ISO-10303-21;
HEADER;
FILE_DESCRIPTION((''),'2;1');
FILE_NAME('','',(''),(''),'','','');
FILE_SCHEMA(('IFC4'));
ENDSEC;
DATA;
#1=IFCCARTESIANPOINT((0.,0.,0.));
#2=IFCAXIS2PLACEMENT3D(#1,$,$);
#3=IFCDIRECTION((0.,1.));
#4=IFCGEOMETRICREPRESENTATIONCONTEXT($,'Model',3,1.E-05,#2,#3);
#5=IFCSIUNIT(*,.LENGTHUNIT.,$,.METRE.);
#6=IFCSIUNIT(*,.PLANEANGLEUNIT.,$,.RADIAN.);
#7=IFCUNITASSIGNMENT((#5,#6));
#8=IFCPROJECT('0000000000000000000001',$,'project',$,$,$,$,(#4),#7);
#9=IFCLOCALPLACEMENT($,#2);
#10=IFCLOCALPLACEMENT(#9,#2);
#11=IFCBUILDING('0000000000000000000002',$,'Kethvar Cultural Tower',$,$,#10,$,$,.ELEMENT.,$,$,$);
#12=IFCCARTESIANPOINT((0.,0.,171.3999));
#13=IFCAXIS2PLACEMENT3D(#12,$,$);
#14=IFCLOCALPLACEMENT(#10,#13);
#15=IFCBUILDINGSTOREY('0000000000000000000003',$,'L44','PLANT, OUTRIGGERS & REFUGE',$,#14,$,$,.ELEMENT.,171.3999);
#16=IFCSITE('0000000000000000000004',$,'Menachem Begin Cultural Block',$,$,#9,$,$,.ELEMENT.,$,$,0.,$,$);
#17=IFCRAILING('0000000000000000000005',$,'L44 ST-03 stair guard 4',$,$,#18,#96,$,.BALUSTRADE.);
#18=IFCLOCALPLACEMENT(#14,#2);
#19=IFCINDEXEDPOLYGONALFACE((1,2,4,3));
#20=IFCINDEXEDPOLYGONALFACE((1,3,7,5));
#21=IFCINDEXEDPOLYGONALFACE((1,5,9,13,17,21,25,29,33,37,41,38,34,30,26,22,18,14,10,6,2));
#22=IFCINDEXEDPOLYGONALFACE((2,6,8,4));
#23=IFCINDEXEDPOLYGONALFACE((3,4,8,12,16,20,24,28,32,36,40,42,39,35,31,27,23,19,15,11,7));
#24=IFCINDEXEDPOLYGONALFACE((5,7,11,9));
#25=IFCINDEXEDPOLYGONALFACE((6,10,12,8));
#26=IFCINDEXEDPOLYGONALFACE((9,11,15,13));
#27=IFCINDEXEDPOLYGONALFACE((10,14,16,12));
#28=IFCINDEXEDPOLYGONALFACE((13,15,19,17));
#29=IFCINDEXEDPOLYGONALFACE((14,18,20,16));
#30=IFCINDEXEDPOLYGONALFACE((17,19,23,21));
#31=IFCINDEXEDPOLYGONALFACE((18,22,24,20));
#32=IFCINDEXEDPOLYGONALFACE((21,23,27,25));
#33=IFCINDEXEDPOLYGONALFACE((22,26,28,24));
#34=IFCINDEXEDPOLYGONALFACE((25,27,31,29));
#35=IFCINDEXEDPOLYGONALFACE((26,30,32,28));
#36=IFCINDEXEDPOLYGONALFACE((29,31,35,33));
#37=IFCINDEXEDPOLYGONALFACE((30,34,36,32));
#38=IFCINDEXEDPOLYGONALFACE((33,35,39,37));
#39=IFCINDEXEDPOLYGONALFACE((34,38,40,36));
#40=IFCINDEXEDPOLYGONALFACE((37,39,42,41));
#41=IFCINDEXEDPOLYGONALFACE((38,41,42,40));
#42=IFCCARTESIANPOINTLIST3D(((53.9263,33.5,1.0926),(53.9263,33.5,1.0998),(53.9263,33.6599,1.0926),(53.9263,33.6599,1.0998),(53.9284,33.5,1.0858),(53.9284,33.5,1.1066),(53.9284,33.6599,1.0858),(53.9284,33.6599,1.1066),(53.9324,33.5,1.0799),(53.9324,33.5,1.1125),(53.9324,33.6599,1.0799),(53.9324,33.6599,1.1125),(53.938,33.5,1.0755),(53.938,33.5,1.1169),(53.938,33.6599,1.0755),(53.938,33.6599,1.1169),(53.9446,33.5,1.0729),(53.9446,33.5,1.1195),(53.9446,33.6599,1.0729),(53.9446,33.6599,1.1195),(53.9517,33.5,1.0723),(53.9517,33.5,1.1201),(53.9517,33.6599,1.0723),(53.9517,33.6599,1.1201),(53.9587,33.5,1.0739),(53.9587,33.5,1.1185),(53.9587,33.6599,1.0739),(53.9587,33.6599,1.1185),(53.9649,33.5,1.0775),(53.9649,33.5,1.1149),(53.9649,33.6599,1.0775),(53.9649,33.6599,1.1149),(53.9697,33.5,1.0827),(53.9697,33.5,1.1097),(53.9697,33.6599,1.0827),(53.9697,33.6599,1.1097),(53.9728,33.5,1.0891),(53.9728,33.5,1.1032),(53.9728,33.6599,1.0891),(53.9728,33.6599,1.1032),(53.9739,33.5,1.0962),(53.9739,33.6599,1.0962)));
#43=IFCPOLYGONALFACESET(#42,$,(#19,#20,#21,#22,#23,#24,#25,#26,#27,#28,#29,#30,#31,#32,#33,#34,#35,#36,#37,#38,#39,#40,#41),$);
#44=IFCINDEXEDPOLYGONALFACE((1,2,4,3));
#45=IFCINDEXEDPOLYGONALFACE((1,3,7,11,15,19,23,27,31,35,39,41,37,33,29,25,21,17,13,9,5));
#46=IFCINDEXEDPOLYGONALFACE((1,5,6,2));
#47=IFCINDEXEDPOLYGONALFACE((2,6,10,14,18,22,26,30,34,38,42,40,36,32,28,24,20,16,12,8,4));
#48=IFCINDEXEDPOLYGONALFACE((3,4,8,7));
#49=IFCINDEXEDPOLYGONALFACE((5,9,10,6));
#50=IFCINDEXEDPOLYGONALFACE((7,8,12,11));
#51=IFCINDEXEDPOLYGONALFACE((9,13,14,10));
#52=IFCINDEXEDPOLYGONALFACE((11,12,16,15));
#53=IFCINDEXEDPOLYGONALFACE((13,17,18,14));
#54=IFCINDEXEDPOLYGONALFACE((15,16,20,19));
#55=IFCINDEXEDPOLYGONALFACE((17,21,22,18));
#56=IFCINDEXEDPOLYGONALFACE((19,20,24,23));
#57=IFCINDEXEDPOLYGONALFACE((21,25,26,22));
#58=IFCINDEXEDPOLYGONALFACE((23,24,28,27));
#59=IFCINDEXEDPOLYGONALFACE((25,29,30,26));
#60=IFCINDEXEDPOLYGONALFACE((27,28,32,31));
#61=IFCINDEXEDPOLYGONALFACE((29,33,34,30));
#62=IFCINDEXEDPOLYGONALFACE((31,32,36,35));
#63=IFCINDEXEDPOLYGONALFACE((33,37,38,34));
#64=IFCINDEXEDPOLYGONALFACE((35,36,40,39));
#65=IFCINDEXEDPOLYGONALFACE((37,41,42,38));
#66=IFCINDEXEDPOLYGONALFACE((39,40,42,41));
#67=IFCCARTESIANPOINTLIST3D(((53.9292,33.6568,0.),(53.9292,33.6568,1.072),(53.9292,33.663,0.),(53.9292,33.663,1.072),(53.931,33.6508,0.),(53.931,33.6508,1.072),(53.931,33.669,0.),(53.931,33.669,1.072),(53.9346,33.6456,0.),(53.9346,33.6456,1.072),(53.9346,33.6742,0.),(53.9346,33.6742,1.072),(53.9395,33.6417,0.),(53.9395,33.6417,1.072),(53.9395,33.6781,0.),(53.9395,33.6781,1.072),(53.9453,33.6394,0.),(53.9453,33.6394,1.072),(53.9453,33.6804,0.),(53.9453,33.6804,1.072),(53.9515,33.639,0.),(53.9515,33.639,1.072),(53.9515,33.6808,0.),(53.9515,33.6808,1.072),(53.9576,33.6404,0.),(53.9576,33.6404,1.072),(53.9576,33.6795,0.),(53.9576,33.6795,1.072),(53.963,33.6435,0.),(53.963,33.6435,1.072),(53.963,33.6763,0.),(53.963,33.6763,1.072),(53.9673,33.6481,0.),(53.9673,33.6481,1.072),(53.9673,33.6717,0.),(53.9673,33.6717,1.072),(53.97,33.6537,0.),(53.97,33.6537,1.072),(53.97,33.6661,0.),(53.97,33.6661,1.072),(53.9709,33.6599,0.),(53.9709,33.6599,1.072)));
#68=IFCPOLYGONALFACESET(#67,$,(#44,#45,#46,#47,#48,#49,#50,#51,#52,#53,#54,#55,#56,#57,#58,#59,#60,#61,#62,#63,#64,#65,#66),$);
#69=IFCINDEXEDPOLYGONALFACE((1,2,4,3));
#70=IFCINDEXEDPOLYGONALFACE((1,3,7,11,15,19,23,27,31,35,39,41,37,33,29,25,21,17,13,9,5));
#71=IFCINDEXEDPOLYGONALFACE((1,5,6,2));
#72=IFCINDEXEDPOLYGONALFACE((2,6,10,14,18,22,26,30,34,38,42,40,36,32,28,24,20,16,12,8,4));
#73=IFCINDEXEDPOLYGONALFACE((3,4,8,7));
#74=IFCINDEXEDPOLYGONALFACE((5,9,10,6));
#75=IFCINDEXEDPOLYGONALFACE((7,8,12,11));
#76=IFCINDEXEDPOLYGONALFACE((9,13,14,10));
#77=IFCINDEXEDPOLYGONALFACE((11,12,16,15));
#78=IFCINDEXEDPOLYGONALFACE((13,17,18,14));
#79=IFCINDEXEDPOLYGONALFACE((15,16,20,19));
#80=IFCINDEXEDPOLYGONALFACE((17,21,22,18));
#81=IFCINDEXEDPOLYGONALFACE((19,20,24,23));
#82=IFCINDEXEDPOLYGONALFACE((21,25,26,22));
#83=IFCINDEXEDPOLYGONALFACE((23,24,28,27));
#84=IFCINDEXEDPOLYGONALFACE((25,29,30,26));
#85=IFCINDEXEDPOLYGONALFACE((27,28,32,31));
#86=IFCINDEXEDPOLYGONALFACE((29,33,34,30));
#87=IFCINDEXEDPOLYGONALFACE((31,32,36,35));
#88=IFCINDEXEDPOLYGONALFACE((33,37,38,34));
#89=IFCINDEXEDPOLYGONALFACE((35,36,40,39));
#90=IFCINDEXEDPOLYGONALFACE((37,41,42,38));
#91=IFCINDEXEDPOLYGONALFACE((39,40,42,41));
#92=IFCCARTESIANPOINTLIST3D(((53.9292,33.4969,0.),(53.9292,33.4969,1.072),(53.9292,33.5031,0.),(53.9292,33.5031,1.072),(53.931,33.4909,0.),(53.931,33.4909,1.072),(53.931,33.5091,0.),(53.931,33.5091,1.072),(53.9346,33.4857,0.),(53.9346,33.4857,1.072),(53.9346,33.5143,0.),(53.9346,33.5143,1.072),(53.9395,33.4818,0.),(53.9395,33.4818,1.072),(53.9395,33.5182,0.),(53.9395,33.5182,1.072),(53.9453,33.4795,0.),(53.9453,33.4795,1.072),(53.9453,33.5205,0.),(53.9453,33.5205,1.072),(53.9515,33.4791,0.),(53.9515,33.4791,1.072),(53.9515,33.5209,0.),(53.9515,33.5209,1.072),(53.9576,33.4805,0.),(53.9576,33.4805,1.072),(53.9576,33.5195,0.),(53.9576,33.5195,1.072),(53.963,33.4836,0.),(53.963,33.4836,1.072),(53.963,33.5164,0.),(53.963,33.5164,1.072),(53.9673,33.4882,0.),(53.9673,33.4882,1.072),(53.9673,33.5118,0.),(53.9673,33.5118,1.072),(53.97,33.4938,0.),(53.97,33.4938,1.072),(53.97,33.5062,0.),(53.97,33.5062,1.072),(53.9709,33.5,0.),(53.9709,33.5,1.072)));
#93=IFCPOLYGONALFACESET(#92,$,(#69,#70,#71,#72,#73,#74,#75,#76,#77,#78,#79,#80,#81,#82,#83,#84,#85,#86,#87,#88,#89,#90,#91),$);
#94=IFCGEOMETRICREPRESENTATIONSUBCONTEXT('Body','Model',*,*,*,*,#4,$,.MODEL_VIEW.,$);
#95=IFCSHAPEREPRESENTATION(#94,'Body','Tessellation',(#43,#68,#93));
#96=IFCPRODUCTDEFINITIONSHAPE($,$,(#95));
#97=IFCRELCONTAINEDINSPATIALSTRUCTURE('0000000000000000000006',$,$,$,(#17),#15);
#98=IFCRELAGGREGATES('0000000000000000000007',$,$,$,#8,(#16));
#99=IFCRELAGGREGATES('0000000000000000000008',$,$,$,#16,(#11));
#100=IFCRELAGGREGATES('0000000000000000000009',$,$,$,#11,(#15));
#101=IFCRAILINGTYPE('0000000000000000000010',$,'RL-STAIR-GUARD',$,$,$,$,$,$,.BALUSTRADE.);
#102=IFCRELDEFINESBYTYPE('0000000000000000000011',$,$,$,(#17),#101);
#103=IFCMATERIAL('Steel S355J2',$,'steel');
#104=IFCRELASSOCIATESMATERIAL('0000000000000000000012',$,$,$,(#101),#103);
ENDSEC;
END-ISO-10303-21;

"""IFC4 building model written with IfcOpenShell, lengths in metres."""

from ifc_helpers import new_model, si_unit, direction, frame, origin, origin_2d, place, context, subcontext, project, spatial, circle, extrude, material, type_object, element, save


model = new_model("IFC4")

# Units and contexts
model_context = context("Model", 3, precision=1e-05, world=origin(), true_north=direction((0.0, 1.0)))
body_context = subcontext(model_context, "Body", "Model", "MODEL_VIEW")
ifc_project = project(units=[si_unit("LENGTHUNIT", "METRE"), si_unit("PLANEANGLEUNIT", "RADIAN")], contexts=[model_context])

# Site, building, storey
site_placement = place(None, origin())
site = spatial("IfcSite", under=ifc_project, at=site_placement, Name="Menachem Begin Cultural Block", CompositionType="ELEMENT", RefElevation=0.0)
building_placement = place(site_placement, origin())
building = spatial("IfcBuilding", under=site, at=building_placement, Name="Kethvar Cultural Tower", CompositionType="ELEMENT")
storey_placement = place(building_placement, frame((0.0, 0.0, 171.3999)))
storey = spatial("IfcBuildingStorey", under=building, at=storey_placement, Name="L44", Description="PLANT, OUTRIGGERS & REFUGE", CompositionType="ELEMENT", Elevation=171.3999)

# Railing
ifc_material_1 = material(Name="Steel S355J2", Category="steel")
railing_type_1 = type_object("IfcRailingType", Name="RL-STAIR-GUARD", PredefinedType="BALUSTRADE", material=ifc_material_1)
railing_1_placement = place(storey_placement, frame((53.95, 33.6599, 0.0)))
element("IfcRailing", 1, at=railing_1_placement, inside=storey, type_object=railing_type_1, Name="L44 ST-03 stair guard 4", PredefinedType="BALUSTRADE", context=body_context, shape_type="SweptSolid", body=[
    extrude(circle(Radius=0.0239, at=origin_2d()), frame((0.0, 0.0, 1.0962), z_axis=(0.0, -1.0, 0.0), x_axis=(1.0, 0.0, 0.0)), (0.0, 0.0, 1.0), 0.1599),
    extrude(circle(Radius=0.021, at=origin_2d()), origin(), (0.0, 0.0, 1.0), 1.072),
    extrude(circle(Radius=0.021, at=origin_2d()), frame((0.0, -0.1599, 0.0)), (0.0, 0.0, 1.0), 1.072),
])

save(model, "model.ifc")
